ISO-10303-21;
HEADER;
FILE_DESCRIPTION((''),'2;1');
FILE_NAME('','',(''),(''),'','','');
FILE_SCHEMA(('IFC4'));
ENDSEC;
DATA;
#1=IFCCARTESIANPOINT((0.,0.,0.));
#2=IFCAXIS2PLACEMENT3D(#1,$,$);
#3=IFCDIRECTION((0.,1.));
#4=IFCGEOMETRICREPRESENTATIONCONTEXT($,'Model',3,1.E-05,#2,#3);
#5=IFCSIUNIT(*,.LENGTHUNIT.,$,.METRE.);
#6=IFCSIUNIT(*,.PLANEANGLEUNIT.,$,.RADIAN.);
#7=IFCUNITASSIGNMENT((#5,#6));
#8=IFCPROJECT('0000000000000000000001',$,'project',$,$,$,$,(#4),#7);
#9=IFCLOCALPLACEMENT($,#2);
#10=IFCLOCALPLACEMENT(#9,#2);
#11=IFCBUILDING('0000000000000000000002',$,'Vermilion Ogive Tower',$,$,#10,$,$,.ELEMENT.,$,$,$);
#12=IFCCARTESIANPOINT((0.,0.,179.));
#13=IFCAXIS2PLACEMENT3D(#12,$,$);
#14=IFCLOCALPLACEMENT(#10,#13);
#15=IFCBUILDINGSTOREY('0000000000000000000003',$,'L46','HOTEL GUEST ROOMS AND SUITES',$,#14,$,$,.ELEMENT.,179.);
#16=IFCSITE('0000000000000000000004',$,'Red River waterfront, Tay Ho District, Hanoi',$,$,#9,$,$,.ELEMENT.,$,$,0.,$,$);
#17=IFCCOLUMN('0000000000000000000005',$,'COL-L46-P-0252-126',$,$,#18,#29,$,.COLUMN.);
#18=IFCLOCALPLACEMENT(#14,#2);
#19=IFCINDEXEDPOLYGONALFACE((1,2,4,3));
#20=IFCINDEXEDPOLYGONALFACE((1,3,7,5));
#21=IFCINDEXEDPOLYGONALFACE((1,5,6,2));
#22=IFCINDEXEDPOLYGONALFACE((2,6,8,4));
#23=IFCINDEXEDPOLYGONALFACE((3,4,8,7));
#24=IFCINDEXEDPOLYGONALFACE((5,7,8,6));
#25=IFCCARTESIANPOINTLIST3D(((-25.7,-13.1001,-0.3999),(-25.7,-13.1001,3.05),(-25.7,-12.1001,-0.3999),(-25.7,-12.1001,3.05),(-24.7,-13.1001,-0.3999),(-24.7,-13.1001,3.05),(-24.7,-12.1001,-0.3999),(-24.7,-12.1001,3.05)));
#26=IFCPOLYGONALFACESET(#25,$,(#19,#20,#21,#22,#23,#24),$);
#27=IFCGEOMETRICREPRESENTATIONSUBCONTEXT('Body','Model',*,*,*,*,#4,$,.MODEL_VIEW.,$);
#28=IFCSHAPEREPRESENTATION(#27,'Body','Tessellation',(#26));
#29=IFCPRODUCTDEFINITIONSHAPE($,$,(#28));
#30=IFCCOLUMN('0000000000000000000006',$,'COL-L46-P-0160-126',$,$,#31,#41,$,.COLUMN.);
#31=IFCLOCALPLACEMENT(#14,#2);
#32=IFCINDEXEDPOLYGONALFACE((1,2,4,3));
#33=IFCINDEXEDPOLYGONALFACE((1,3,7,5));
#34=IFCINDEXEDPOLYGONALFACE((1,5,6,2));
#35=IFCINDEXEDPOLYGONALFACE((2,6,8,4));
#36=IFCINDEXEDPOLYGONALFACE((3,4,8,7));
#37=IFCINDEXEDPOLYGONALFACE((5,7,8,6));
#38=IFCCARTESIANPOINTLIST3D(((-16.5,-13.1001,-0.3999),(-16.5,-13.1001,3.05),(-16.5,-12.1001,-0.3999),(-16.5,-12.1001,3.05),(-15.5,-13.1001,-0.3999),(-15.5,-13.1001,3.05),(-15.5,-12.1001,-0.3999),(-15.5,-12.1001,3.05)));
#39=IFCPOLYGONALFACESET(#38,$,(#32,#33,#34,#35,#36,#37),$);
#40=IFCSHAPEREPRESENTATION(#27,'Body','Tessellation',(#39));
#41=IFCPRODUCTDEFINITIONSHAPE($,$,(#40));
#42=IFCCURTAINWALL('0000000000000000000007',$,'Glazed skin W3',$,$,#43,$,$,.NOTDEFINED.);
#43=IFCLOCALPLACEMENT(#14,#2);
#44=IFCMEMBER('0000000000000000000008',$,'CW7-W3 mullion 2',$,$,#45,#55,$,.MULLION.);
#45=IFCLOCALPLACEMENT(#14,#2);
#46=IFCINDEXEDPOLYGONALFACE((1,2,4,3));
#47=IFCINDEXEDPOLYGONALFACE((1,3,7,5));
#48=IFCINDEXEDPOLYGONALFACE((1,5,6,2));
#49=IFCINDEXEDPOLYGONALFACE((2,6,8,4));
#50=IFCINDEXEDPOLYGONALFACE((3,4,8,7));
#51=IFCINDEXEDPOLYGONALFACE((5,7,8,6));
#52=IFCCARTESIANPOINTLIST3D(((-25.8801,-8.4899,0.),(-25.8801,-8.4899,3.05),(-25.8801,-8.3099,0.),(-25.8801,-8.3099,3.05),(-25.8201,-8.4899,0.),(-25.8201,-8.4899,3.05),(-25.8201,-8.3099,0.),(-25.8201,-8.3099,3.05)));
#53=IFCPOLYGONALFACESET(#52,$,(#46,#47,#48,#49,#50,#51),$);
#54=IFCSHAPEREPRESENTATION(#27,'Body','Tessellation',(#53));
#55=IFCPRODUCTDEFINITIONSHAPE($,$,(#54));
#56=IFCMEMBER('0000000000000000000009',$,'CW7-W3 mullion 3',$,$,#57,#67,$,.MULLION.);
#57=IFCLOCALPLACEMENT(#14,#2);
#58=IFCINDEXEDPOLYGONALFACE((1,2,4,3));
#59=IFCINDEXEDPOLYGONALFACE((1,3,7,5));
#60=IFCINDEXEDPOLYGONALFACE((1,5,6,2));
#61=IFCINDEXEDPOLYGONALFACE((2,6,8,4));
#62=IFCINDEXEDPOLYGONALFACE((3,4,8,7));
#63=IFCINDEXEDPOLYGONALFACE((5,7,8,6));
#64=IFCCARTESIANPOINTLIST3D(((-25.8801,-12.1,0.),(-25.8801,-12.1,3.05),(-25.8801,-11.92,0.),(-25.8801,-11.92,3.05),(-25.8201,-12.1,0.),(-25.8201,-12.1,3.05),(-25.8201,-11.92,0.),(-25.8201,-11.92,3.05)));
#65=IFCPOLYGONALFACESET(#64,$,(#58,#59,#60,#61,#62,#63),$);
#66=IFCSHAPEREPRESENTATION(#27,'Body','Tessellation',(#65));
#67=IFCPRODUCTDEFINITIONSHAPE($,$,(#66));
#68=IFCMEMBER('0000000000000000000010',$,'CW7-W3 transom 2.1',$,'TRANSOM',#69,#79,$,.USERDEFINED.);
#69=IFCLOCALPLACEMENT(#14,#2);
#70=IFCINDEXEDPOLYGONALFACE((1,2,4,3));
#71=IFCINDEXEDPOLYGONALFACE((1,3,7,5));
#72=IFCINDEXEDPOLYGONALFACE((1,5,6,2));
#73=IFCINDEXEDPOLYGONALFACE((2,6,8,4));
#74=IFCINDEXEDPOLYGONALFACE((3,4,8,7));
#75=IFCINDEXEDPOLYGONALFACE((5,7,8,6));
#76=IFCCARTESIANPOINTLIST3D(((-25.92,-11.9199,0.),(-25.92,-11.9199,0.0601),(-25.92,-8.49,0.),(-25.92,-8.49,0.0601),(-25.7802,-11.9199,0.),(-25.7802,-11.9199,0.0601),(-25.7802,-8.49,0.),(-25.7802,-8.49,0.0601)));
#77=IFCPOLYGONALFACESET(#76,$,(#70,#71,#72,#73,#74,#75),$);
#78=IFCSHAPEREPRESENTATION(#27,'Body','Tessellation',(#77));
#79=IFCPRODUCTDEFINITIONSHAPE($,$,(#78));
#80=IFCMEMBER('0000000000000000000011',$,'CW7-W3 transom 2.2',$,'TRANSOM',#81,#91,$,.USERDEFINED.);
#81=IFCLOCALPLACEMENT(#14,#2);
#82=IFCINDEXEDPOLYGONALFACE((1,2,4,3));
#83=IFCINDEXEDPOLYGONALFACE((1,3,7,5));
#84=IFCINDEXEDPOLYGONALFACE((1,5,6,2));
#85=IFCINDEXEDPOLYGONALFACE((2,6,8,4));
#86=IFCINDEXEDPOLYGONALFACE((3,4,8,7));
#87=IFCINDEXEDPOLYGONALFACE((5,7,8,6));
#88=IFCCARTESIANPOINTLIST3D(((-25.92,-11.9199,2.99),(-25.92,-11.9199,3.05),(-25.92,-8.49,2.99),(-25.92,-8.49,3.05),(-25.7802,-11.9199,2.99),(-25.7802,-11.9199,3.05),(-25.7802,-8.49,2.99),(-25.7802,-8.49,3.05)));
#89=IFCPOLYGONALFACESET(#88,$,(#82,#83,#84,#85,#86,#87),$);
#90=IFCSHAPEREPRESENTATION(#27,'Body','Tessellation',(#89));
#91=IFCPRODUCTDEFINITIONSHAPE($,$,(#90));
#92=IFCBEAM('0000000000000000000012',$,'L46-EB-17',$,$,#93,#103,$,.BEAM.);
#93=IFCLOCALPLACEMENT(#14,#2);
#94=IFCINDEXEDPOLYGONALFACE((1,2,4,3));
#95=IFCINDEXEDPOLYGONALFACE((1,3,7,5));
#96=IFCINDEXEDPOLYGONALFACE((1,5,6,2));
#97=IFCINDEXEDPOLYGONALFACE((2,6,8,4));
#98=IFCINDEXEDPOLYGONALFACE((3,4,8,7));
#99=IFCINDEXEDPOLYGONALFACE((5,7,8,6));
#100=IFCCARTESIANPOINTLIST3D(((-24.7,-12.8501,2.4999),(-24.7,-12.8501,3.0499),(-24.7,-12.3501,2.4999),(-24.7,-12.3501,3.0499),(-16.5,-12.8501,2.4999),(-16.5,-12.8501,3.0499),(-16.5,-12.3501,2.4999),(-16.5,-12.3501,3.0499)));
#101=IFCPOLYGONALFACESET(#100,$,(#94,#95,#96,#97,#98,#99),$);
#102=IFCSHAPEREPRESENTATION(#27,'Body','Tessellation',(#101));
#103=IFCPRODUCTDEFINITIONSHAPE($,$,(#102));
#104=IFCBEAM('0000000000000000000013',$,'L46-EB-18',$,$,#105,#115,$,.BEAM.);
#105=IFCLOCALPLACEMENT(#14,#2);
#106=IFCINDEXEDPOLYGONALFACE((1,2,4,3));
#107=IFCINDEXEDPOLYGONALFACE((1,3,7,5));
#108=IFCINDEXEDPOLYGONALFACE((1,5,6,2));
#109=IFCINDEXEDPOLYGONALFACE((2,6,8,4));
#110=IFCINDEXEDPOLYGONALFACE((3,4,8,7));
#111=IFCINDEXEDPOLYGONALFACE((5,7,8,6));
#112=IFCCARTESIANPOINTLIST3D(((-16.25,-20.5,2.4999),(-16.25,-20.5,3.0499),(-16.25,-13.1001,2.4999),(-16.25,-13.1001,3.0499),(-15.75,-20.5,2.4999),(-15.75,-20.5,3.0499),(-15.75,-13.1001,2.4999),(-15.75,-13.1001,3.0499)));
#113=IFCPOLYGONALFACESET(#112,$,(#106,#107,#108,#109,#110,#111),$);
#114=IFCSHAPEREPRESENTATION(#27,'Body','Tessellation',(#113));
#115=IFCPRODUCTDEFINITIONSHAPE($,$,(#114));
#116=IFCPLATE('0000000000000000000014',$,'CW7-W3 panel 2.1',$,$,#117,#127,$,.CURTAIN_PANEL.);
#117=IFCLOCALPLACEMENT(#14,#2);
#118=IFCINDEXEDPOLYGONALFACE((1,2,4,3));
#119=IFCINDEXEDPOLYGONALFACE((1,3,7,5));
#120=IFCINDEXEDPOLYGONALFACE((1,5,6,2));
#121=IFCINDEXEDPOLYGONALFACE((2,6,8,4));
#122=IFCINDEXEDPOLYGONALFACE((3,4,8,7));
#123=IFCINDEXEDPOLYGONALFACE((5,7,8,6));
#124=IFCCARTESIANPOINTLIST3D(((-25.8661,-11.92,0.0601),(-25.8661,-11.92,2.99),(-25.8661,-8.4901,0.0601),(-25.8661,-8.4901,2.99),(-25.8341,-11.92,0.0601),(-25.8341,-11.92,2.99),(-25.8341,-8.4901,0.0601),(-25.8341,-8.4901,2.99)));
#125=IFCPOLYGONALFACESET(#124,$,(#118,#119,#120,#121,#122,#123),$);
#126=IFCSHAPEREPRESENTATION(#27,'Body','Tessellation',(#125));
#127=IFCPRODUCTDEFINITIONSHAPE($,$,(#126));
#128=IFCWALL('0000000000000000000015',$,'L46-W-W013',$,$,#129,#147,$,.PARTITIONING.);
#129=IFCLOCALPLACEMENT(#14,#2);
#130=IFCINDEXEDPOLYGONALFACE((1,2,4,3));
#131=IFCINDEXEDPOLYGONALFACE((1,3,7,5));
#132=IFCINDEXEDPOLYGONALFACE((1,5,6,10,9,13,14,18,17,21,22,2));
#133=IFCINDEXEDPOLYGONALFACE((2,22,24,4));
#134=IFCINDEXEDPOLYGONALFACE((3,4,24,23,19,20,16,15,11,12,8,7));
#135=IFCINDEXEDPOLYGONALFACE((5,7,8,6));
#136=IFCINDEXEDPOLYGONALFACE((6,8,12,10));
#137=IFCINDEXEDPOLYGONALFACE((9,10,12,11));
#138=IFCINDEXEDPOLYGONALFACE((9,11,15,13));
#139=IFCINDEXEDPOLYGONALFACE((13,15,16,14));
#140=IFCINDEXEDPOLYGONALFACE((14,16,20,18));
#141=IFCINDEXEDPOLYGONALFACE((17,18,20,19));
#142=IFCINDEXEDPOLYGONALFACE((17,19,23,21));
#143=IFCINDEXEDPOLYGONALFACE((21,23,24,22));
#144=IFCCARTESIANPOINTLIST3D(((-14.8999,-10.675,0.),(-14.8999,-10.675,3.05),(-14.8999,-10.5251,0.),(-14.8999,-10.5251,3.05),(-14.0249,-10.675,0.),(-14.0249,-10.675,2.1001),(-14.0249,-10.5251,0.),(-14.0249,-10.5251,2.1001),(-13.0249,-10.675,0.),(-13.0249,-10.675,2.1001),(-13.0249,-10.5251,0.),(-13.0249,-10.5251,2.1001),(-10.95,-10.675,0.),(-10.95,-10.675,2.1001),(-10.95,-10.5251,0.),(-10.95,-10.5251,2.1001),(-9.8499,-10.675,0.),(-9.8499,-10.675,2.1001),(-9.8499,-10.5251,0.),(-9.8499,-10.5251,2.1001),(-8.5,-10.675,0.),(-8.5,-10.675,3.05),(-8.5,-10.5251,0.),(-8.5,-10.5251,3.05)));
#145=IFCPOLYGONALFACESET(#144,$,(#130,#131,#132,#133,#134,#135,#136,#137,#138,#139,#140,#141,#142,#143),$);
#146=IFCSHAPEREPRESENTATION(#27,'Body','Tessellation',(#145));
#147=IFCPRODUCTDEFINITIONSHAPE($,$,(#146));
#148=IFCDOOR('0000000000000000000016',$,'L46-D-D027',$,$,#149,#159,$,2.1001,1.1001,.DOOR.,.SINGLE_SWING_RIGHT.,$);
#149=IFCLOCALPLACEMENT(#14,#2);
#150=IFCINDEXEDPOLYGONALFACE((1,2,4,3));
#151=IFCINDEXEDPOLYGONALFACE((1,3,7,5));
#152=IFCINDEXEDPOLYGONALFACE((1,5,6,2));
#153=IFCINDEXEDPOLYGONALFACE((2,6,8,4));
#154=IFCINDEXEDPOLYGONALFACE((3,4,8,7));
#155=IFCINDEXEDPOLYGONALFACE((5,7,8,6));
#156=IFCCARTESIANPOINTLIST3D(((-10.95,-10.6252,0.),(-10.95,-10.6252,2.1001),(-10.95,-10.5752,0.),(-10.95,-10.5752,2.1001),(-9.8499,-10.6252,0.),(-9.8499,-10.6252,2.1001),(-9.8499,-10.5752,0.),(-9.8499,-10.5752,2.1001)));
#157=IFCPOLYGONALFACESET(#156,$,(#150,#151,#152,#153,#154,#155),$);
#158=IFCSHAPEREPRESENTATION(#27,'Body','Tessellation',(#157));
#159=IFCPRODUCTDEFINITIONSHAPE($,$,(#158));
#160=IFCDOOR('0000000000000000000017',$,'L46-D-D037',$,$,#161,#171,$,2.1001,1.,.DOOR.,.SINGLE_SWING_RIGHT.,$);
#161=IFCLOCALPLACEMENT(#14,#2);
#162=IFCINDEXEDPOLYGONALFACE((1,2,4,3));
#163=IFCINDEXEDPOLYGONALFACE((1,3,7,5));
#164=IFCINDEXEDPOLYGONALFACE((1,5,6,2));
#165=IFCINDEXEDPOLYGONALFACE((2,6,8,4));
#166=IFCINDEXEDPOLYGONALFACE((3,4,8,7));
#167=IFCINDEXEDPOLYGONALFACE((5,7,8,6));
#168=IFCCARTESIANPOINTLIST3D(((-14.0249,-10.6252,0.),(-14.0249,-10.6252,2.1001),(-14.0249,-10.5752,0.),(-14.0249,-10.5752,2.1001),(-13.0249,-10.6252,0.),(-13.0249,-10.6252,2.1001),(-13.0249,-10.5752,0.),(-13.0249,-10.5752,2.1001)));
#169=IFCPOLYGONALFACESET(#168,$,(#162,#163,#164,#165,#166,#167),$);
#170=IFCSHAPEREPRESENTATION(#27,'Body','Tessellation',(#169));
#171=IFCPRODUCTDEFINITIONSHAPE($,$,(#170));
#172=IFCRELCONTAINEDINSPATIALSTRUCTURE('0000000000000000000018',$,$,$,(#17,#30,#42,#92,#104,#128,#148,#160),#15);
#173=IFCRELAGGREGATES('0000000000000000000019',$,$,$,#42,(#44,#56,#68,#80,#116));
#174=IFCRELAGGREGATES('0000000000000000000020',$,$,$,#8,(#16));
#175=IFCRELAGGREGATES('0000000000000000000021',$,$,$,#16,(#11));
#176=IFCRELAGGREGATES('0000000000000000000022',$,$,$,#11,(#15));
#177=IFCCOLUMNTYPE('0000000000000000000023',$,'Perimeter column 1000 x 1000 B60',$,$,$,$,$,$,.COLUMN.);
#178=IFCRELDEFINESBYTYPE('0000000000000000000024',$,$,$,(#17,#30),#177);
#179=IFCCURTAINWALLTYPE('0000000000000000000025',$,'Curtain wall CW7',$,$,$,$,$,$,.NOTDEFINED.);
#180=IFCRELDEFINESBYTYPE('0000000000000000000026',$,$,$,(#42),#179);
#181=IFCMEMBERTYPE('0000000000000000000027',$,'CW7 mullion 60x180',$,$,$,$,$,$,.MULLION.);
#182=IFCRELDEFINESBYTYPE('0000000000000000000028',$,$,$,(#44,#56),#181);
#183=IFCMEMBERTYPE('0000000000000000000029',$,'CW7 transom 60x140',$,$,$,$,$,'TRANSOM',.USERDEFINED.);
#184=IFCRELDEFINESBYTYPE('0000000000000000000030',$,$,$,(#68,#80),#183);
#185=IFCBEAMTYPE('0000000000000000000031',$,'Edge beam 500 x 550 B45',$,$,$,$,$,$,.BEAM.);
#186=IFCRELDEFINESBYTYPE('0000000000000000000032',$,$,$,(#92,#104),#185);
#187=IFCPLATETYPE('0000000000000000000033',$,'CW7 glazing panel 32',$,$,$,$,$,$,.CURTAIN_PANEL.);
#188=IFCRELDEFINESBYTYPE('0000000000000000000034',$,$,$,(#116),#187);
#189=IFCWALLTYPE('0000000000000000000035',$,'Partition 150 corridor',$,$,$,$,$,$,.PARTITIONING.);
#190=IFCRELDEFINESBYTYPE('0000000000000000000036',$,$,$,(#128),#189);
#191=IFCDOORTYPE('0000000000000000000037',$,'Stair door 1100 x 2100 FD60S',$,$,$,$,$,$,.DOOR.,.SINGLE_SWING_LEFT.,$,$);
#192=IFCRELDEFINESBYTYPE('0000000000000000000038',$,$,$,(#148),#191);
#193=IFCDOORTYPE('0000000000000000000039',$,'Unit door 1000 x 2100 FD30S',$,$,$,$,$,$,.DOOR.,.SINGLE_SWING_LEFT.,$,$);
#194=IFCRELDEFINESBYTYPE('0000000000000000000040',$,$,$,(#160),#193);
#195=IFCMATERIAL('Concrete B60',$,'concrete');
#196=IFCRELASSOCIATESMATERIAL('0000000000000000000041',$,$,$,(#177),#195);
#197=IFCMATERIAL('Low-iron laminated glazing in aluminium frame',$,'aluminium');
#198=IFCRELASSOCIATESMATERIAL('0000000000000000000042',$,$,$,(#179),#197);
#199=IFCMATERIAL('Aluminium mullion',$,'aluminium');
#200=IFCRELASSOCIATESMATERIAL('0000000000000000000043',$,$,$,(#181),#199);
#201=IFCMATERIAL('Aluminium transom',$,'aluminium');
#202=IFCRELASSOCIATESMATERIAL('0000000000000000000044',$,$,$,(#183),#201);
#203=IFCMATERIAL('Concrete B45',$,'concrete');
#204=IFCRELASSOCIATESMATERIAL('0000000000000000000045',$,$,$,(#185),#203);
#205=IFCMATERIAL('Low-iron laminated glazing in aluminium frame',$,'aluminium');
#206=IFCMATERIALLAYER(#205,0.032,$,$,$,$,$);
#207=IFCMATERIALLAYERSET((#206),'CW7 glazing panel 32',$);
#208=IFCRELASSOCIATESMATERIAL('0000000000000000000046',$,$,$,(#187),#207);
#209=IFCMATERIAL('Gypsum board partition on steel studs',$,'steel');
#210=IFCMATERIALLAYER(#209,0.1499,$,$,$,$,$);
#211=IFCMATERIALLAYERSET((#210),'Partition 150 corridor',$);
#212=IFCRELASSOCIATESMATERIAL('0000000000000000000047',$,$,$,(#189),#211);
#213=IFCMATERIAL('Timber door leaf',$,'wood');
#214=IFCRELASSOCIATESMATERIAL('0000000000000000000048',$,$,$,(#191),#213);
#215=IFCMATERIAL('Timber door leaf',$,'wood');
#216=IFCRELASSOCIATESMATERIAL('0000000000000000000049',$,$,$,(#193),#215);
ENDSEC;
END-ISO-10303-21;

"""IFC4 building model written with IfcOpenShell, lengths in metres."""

from ifc_helpers import new_model, si_unit, direction, frame, frame_2d, origin, origin_2d, place, context, subcontext, project, spatial, rectangle, extrude, material, layer, layer_set, material_profile, profile_set, type_object, element, fill, aggregate, save


model = new_model("IFC4")

# Units and contexts
model_context = context("Model", 3, precision=1e-05, world=origin(), true_north=direction((0.0, 1.0)))
body_context = subcontext(model_context, "Body", "Model", "MODEL_VIEW")
ifc_project = project(units=[si_unit("LENGTHUNIT", "METRE"), si_unit("PLANEANGLEUNIT", "RADIAN")], contexts=[model_context])

# Site, building, storey
site_placement = place(None, origin())
site = spatial("IfcSite", under=ifc_project, at=site_placement, Name="Red River waterfront, Tay Ho District, Hanoi", CompositionType="ELEMENT", RefElevation=0.0)
building_placement = place(site_placement, origin())
building = spatial("IfcBuilding", under=site, at=building_placement, Name="Vermilion Ogive Tower", CompositionType="ELEMENT")
storey_placement = place(building_placement, frame((0.0, 0.0, 179.0)))
storey = spatial("IfcBuildingStorey", under=building, at=storey_placement, Name="L46", Description="HOTEL GUEST ROOMS AND SUITES", CompositionType="ELEMENT", Elevation=179.0)

# Columns
ifc_material_1 = material(Name="Concrete B60", Category="concrete")
ifc_material_profile_1 = material_profile(ifc_material_1, rectangle(XDim=1.0, YDim=1.0, at=origin_2d()), Name="1000 x 1000")
ifc_profile_set_1 = profile_set([ifc_material_profile_1], Name="Concrete B60")
column_type = type_object("IfcColumnType", Name="Perimeter column 1000 x 1000 B60", PredefinedType="COLUMN", material=ifc_profile_set_1)
for number, where, z_axis, x_axis, name in (
    (1, (-25.2, -12.6001, -0.3999), (0.0, 0.0, 1.0), (1.0, 0.0, 0.0), "COL-L46-P-0252-126"),
    (2, (-16.0, -12.6001, -0.3999), (0.0, 0.0, 1.0), (1.0, 0.0, 0.0), "COL-L46-P-0160-126"),
):
    element("IfcColumn", number, at=place(storey_placement, frame(where, z_axis=z_axis, x_axis=x_axis)), inside=storey, type_object=column_type, Name=name, PredefinedType="COLUMN", context=body_context, shape_type="SweptSolid", body=[
        extrude(rectangle(XDim=1.0, YDim=1.0, at=origin_2d()), origin(), (0.0, 0.0, 1.0), 3.45),
    ])

# Curtain wall, members
ifc_material_2 = material(Name="Low-iron laminated glazing in aluminium frame", Category="aluminium")
curtain_wall_type = type_object("IfcCurtainWallType", Name="Curtain wall CW7", PredefinedType="NOTDEFINED", material=ifc_material_2)
curtain_wall_placement = place(storey_placement, origin())
curtain_wall = element("IfcCurtainWall", 3, at=curtain_wall_placement, inside=storey, type_object=curtain_wall_type, Name="Glazed skin W3", PredefinedType="NOTDEFINED")
ifc_material_3 = material(Name="Aluminium mullion", Category="aluminium")
ifc_material_profile_2 = material_profile(ifc_material_3, rectangle(XDim=0.0601, YDim=0.1799, at=origin_2d()), Name="AL 60x180")
ifc_profile_set_2 = profile_set([ifc_material_profile_2], Name="Aluminium mullion")
member_type_1 = type_object("IfcMemberType", Name="CW7 mullion 60x180", PredefinedType="MULLION", material=ifc_profile_set_2)
member_1_placement = place(storey_placement, frame((-25.8501, -8.3999, 0.0), z_axis=(0.0, 0.0, 1.0), x_axis=(1.0, 0.0, 0.0)))
member_1 = element("IfcMember", 4, at=member_1_placement, type_object=member_type_1, Name="CW7-W3 mullion 2", PredefinedType="MULLION", context=body_context, shape_type="SweptSolid", body=[
    extrude(rectangle(XDim=0.0601, YDim=0.1799, at=origin_2d()), origin(), (0.0, 0.0, 1.0), 3.05),
])
member_2_placement = place(storey_placement, frame((-25.8501, -12.01, 0.0), z_axis=(0.0, 0.0, 1.0), x_axis=(1.0, 0.0, 0.0)))
member_2 = element("IfcMember", 5, at=member_2_placement, type_object=member_type_1, Name="CW7-W3 mullion 3", PredefinedType="MULLION", context=body_context, shape_type="SweptSolid", body=[
    extrude(rectangle(XDim=0.0601, YDim=0.1799, at=origin_2d()), origin(), (0.0, 0.0, 1.0), 3.05),
])
ifc_material_4 = material(Name="Aluminium transom", Category="aluminium")
ifc_material_profile_3 = material_profile(ifc_material_4, rectangle(XDim=0.1399, YDim=0.0601, at=origin_2d()), Name="AL 60x140")
ifc_profile_set_3 = profile_set([ifc_material_profile_3], Name="Aluminium transom")
member_type_2 = type_object("IfcMemberType", Name="CW7 transom 60x140", ElementType="TRANSOM", PredefinedType="USERDEFINED", material=ifc_profile_set_3)
member_3_placement = place(storey_placement, frame((-25.8501, -8.49, 0.03), z_axis=(0.0, -1.0, 0.0), x_axis=(1.0, 0.0, 0.0)))
member_3 = element("IfcMember", 6, at=member_3_placement, type_object=member_type_2, Name="CW7-W3 transom 2.1", ObjectType="TRANSOM", PredefinedType="USERDEFINED", context=body_context, shape_type="SweptSolid", body=[
    extrude(rectangle(XDim=0.1399, YDim=0.0601, at=origin_2d()), origin(), (0.0, 0.0, 1.0), 3.4299),
])
member_4_placement = place(storey_placement, frame((-25.8501, -8.49, 3.02), z_axis=(0.0, -1.0, 0.0), x_axis=(1.0, 0.0, 0.0)))
member_4 = element("IfcMember", 7, at=member_4_placement, type_object=member_type_2, Name="CW7-W3 transom 2.2", ObjectType="TRANSOM", PredefinedType="USERDEFINED", context=body_context, shape_type="SweptSolid", body=[
    extrude(rectangle(XDim=0.1399, YDim=0.0601, at=origin_2d()), origin(), (0.0, 0.0, 1.0), 3.4299),
])

# Beams
ifc_material_5 = material(Name="Concrete B45", Category="concrete")
ifc_material_profile_4 = material_profile(ifc_material_5, rectangle(XDim=0.5, YDim=0.55, at=origin_2d()), Name="500 x 550")
ifc_profile_set_4 = profile_set([ifc_material_profile_4], Name="Concrete B45")
beam_type = type_object("IfcBeamType", Name="Edge beam 500 x 550 B45", PredefinedType="BEAM", material=ifc_profile_set_4)
beam_1_placement = place(storey_placement, frame((-24.7, -12.6001, 2.7749), z_axis=(1.0, 0.0, 0.0), x_axis=(0.0, 1.0, 0.0)))
element("IfcBeam", 8, at=beam_1_placement, inside=storey, type_object=beam_type, Name="L46-EB-17", PredefinedType="BEAM", context=body_context, shape_type="SweptSolid", body=[
    extrude(rectangle(XDim=0.5, YDim=0.55, at=origin_2d()), origin(), (0.0, 0.0, 1.0), 8.2),
])
beam_2_placement = place(storey_placement, frame((-16.0, -13.1001, 2.7749), z_axis=(0.0, -1.0, 0.0), x_axis=(1.0, 0.0, 0.0)))
element("IfcBeam", 9, at=beam_2_placement, inside=storey, type_object=beam_type, Name="L46-EB-18", PredefinedType="BEAM", context=body_context, shape_type="SweptSolid", body=[
    extrude(rectangle(XDim=0.5, YDim=0.55, at=origin_2d()), origin(), (0.0, 0.0, 1.0), 7.3999),
])

# Plate
ifc_material_6 = material(Name="Low-iron laminated glazing in aluminium frame", Category="aluminium")
ifc_layer_1 = layer(ifc_material_6, 0.032)
ifc_layer_set_1 = layer_set([ifc_layer_1], Name="CW7 glazing panel 32")
plate_type = type_object("IfcPlateType", Name="CW7 glazing panel 32", PredefinedType="CURTAIN_PANEL", material=ifc_layer_set_1)
plate_placement = place(storey_placement, frame((-25.8501, -10.2051, 0.0601), z_axis=(0.0, 0.0, 1.0), x_axis=(0.0, -1.0, 0.0)))
plate = element("IfcPlate", 10, at=plate_placement, type_object=plate_type, Name="CW7-W3 panel 2.1", PredefinedType="CURTAIN_PANEL", context=body_context, shape_type="SweptSolid", body=[
    extrude(rectangle(XDim=3.4299, YDim=0.032, at=origin_2d()), origin(), (0.0, 0.0, 1.0), 2.9299),
])
aggregate(curtain_wall, [member_1, member_2, member_3, member_4, plate])

# Wall, openings, doors
ifc_material_7 = material(Name="Gypsum board partition on steel studs", Category="steel")
ifc_layer_2 = layer(ifc_material_7, 0.1499)
ifc_layer_set_2 = layer_set([ifc_layer_2], Name="Partition 150 corridor")
wall_type_1 = type_object("IfcWallType", Name="Partition 150 corridor", PredefinedType="PARTITIONING", material=ifc_layer_set_2)
wall_1_placement = place(storey_placement, frame((-14.8999, -10.6001, 0.0), z_axis=(0.0, 0.0, 1.0), x_axis=(1.0, 0.0, 0.0)))
wall_1 = element("IfcWall", 11, at=wall_1_placement, inside=storey, type_object=wall_type_1, Name="L46-W-W013", PredefinedType="PARTITIONING", context=body_context, shape_type="SweptSolid", body=[
    extrude(rectangle(XDim=6.3999, YDim=0.1499, at=frame_2d((3.2, 0.0))), origin(), (0.0, 0.0, 1.0), 3.05),
])
opening_1_placement = place(wall_1_placement, frame((3.95, 0.0, 0.0)))
opening_1 = element("IfcOpeningElement", 12, at=opening_1_placement, cuts=wall_1, PredefinedType="OPENING", context=body_context, shape_type="SweptSolid", body=[
    extrude(rectangle(XDim=1.1001, YDim=2.1001, at=frame_2d((0.55, 1.05))), frame((0.0, 0.085, 0.0), z_axis=(0.0, -1.0, 0.0), x_axis=(1.0, 0.0, 0.0)), (0.0, 0.0, 1.0), 0.1699),
])
opening_2_placement = place(wall_1_placement, frame((0.875, 0.0, 0.0)))
opening_2 = element("IfcOpeningElement", 13, at=opening_2_placement, cuts=wall_1, PredefinedType="OPENING", context=body_context, shape_type="SweptSolid", body=[
    extrude(rectangle(XDim=1.0, YDim=2.1001, at=frame_2d((0.5, 1.05))), frame((0.0, 0.085, 0.0), z_axis=(0.0, -1.0, 0.0), x_axis=(1.0, 0.0, 0.0)), (0.0, 0.0, 1.0), 0.1699),
])
ifc_material_8 = material(Name="Timber door leaf", Category="wood")
door_type_1 = type_object("IfcDoorType", Name="Stair door 1100 x 2100 FD60S", OperationType="SINGLE_SWING_LEFT", PredefinedType="DOOR", material=ifc_material_8)
door_1_placement = place(opening_1_placement, origin())
door_1 = element("IfcDoor", 14, at=door_1_placement, inside=storey, type_object=door_type_1, Name="L46-D-D027", OperationType="SINGLE_SWING_RIGHT", OverallHeight=2.1001, OverallWidth=1.1001, PredefinedType="DOOR", context=body_context, shape_type="SweptSolid", body=[
    extrude(rectangle(XDim=1.1001, YDim=2.1001, at=frame_2d((0.55, 1.05))), frame((0.0, 0.0249, 0.0), z_axis=(0.0, -1.0, 0.0), x_axis=(1.0, 0.0, 0.0)), (0.0, 0.0, 1.0), 0.05),
])
fill(opening_1, door_1)
ifc_material_9 = material(Name="Timber door leaf", Category="wood")
door_type_2 = type_object("IfcDoorType", Name="Unit door 1000 x 2100 FD30S", OperationType="SINGLE_SWING_LEFT", PredefinedType="DOOR", material=ifc_material_9)
door_2_placement = place(opening_2_placement, origin())
door_2 = element("IfcDoor", 15, at=door_2_placement, inside=storey, type_object=door_type_2, Name="L46-D-D037", OperationType="SINGLE_SWING_RIGHT", OverallHeight=2.1001, OverallWidth=1.0, PredefinedType="DOOR", context=body_context, shape_type="SweptSolid", body=[
    extrude(rectangle(XDim=1.0, YDim=2.1001, at=frame_2d((0.5, 1.05))), frame((0.0, 0.0249, 0.0), z_axis=(0.0, -1.0, 0.0), x_axis=(1.0, 0.0, 0.0)), (0.0, 0.0, 1.0), 0.05),
])
fill(opening_2, door_2)

save(model, "model.ifc")
